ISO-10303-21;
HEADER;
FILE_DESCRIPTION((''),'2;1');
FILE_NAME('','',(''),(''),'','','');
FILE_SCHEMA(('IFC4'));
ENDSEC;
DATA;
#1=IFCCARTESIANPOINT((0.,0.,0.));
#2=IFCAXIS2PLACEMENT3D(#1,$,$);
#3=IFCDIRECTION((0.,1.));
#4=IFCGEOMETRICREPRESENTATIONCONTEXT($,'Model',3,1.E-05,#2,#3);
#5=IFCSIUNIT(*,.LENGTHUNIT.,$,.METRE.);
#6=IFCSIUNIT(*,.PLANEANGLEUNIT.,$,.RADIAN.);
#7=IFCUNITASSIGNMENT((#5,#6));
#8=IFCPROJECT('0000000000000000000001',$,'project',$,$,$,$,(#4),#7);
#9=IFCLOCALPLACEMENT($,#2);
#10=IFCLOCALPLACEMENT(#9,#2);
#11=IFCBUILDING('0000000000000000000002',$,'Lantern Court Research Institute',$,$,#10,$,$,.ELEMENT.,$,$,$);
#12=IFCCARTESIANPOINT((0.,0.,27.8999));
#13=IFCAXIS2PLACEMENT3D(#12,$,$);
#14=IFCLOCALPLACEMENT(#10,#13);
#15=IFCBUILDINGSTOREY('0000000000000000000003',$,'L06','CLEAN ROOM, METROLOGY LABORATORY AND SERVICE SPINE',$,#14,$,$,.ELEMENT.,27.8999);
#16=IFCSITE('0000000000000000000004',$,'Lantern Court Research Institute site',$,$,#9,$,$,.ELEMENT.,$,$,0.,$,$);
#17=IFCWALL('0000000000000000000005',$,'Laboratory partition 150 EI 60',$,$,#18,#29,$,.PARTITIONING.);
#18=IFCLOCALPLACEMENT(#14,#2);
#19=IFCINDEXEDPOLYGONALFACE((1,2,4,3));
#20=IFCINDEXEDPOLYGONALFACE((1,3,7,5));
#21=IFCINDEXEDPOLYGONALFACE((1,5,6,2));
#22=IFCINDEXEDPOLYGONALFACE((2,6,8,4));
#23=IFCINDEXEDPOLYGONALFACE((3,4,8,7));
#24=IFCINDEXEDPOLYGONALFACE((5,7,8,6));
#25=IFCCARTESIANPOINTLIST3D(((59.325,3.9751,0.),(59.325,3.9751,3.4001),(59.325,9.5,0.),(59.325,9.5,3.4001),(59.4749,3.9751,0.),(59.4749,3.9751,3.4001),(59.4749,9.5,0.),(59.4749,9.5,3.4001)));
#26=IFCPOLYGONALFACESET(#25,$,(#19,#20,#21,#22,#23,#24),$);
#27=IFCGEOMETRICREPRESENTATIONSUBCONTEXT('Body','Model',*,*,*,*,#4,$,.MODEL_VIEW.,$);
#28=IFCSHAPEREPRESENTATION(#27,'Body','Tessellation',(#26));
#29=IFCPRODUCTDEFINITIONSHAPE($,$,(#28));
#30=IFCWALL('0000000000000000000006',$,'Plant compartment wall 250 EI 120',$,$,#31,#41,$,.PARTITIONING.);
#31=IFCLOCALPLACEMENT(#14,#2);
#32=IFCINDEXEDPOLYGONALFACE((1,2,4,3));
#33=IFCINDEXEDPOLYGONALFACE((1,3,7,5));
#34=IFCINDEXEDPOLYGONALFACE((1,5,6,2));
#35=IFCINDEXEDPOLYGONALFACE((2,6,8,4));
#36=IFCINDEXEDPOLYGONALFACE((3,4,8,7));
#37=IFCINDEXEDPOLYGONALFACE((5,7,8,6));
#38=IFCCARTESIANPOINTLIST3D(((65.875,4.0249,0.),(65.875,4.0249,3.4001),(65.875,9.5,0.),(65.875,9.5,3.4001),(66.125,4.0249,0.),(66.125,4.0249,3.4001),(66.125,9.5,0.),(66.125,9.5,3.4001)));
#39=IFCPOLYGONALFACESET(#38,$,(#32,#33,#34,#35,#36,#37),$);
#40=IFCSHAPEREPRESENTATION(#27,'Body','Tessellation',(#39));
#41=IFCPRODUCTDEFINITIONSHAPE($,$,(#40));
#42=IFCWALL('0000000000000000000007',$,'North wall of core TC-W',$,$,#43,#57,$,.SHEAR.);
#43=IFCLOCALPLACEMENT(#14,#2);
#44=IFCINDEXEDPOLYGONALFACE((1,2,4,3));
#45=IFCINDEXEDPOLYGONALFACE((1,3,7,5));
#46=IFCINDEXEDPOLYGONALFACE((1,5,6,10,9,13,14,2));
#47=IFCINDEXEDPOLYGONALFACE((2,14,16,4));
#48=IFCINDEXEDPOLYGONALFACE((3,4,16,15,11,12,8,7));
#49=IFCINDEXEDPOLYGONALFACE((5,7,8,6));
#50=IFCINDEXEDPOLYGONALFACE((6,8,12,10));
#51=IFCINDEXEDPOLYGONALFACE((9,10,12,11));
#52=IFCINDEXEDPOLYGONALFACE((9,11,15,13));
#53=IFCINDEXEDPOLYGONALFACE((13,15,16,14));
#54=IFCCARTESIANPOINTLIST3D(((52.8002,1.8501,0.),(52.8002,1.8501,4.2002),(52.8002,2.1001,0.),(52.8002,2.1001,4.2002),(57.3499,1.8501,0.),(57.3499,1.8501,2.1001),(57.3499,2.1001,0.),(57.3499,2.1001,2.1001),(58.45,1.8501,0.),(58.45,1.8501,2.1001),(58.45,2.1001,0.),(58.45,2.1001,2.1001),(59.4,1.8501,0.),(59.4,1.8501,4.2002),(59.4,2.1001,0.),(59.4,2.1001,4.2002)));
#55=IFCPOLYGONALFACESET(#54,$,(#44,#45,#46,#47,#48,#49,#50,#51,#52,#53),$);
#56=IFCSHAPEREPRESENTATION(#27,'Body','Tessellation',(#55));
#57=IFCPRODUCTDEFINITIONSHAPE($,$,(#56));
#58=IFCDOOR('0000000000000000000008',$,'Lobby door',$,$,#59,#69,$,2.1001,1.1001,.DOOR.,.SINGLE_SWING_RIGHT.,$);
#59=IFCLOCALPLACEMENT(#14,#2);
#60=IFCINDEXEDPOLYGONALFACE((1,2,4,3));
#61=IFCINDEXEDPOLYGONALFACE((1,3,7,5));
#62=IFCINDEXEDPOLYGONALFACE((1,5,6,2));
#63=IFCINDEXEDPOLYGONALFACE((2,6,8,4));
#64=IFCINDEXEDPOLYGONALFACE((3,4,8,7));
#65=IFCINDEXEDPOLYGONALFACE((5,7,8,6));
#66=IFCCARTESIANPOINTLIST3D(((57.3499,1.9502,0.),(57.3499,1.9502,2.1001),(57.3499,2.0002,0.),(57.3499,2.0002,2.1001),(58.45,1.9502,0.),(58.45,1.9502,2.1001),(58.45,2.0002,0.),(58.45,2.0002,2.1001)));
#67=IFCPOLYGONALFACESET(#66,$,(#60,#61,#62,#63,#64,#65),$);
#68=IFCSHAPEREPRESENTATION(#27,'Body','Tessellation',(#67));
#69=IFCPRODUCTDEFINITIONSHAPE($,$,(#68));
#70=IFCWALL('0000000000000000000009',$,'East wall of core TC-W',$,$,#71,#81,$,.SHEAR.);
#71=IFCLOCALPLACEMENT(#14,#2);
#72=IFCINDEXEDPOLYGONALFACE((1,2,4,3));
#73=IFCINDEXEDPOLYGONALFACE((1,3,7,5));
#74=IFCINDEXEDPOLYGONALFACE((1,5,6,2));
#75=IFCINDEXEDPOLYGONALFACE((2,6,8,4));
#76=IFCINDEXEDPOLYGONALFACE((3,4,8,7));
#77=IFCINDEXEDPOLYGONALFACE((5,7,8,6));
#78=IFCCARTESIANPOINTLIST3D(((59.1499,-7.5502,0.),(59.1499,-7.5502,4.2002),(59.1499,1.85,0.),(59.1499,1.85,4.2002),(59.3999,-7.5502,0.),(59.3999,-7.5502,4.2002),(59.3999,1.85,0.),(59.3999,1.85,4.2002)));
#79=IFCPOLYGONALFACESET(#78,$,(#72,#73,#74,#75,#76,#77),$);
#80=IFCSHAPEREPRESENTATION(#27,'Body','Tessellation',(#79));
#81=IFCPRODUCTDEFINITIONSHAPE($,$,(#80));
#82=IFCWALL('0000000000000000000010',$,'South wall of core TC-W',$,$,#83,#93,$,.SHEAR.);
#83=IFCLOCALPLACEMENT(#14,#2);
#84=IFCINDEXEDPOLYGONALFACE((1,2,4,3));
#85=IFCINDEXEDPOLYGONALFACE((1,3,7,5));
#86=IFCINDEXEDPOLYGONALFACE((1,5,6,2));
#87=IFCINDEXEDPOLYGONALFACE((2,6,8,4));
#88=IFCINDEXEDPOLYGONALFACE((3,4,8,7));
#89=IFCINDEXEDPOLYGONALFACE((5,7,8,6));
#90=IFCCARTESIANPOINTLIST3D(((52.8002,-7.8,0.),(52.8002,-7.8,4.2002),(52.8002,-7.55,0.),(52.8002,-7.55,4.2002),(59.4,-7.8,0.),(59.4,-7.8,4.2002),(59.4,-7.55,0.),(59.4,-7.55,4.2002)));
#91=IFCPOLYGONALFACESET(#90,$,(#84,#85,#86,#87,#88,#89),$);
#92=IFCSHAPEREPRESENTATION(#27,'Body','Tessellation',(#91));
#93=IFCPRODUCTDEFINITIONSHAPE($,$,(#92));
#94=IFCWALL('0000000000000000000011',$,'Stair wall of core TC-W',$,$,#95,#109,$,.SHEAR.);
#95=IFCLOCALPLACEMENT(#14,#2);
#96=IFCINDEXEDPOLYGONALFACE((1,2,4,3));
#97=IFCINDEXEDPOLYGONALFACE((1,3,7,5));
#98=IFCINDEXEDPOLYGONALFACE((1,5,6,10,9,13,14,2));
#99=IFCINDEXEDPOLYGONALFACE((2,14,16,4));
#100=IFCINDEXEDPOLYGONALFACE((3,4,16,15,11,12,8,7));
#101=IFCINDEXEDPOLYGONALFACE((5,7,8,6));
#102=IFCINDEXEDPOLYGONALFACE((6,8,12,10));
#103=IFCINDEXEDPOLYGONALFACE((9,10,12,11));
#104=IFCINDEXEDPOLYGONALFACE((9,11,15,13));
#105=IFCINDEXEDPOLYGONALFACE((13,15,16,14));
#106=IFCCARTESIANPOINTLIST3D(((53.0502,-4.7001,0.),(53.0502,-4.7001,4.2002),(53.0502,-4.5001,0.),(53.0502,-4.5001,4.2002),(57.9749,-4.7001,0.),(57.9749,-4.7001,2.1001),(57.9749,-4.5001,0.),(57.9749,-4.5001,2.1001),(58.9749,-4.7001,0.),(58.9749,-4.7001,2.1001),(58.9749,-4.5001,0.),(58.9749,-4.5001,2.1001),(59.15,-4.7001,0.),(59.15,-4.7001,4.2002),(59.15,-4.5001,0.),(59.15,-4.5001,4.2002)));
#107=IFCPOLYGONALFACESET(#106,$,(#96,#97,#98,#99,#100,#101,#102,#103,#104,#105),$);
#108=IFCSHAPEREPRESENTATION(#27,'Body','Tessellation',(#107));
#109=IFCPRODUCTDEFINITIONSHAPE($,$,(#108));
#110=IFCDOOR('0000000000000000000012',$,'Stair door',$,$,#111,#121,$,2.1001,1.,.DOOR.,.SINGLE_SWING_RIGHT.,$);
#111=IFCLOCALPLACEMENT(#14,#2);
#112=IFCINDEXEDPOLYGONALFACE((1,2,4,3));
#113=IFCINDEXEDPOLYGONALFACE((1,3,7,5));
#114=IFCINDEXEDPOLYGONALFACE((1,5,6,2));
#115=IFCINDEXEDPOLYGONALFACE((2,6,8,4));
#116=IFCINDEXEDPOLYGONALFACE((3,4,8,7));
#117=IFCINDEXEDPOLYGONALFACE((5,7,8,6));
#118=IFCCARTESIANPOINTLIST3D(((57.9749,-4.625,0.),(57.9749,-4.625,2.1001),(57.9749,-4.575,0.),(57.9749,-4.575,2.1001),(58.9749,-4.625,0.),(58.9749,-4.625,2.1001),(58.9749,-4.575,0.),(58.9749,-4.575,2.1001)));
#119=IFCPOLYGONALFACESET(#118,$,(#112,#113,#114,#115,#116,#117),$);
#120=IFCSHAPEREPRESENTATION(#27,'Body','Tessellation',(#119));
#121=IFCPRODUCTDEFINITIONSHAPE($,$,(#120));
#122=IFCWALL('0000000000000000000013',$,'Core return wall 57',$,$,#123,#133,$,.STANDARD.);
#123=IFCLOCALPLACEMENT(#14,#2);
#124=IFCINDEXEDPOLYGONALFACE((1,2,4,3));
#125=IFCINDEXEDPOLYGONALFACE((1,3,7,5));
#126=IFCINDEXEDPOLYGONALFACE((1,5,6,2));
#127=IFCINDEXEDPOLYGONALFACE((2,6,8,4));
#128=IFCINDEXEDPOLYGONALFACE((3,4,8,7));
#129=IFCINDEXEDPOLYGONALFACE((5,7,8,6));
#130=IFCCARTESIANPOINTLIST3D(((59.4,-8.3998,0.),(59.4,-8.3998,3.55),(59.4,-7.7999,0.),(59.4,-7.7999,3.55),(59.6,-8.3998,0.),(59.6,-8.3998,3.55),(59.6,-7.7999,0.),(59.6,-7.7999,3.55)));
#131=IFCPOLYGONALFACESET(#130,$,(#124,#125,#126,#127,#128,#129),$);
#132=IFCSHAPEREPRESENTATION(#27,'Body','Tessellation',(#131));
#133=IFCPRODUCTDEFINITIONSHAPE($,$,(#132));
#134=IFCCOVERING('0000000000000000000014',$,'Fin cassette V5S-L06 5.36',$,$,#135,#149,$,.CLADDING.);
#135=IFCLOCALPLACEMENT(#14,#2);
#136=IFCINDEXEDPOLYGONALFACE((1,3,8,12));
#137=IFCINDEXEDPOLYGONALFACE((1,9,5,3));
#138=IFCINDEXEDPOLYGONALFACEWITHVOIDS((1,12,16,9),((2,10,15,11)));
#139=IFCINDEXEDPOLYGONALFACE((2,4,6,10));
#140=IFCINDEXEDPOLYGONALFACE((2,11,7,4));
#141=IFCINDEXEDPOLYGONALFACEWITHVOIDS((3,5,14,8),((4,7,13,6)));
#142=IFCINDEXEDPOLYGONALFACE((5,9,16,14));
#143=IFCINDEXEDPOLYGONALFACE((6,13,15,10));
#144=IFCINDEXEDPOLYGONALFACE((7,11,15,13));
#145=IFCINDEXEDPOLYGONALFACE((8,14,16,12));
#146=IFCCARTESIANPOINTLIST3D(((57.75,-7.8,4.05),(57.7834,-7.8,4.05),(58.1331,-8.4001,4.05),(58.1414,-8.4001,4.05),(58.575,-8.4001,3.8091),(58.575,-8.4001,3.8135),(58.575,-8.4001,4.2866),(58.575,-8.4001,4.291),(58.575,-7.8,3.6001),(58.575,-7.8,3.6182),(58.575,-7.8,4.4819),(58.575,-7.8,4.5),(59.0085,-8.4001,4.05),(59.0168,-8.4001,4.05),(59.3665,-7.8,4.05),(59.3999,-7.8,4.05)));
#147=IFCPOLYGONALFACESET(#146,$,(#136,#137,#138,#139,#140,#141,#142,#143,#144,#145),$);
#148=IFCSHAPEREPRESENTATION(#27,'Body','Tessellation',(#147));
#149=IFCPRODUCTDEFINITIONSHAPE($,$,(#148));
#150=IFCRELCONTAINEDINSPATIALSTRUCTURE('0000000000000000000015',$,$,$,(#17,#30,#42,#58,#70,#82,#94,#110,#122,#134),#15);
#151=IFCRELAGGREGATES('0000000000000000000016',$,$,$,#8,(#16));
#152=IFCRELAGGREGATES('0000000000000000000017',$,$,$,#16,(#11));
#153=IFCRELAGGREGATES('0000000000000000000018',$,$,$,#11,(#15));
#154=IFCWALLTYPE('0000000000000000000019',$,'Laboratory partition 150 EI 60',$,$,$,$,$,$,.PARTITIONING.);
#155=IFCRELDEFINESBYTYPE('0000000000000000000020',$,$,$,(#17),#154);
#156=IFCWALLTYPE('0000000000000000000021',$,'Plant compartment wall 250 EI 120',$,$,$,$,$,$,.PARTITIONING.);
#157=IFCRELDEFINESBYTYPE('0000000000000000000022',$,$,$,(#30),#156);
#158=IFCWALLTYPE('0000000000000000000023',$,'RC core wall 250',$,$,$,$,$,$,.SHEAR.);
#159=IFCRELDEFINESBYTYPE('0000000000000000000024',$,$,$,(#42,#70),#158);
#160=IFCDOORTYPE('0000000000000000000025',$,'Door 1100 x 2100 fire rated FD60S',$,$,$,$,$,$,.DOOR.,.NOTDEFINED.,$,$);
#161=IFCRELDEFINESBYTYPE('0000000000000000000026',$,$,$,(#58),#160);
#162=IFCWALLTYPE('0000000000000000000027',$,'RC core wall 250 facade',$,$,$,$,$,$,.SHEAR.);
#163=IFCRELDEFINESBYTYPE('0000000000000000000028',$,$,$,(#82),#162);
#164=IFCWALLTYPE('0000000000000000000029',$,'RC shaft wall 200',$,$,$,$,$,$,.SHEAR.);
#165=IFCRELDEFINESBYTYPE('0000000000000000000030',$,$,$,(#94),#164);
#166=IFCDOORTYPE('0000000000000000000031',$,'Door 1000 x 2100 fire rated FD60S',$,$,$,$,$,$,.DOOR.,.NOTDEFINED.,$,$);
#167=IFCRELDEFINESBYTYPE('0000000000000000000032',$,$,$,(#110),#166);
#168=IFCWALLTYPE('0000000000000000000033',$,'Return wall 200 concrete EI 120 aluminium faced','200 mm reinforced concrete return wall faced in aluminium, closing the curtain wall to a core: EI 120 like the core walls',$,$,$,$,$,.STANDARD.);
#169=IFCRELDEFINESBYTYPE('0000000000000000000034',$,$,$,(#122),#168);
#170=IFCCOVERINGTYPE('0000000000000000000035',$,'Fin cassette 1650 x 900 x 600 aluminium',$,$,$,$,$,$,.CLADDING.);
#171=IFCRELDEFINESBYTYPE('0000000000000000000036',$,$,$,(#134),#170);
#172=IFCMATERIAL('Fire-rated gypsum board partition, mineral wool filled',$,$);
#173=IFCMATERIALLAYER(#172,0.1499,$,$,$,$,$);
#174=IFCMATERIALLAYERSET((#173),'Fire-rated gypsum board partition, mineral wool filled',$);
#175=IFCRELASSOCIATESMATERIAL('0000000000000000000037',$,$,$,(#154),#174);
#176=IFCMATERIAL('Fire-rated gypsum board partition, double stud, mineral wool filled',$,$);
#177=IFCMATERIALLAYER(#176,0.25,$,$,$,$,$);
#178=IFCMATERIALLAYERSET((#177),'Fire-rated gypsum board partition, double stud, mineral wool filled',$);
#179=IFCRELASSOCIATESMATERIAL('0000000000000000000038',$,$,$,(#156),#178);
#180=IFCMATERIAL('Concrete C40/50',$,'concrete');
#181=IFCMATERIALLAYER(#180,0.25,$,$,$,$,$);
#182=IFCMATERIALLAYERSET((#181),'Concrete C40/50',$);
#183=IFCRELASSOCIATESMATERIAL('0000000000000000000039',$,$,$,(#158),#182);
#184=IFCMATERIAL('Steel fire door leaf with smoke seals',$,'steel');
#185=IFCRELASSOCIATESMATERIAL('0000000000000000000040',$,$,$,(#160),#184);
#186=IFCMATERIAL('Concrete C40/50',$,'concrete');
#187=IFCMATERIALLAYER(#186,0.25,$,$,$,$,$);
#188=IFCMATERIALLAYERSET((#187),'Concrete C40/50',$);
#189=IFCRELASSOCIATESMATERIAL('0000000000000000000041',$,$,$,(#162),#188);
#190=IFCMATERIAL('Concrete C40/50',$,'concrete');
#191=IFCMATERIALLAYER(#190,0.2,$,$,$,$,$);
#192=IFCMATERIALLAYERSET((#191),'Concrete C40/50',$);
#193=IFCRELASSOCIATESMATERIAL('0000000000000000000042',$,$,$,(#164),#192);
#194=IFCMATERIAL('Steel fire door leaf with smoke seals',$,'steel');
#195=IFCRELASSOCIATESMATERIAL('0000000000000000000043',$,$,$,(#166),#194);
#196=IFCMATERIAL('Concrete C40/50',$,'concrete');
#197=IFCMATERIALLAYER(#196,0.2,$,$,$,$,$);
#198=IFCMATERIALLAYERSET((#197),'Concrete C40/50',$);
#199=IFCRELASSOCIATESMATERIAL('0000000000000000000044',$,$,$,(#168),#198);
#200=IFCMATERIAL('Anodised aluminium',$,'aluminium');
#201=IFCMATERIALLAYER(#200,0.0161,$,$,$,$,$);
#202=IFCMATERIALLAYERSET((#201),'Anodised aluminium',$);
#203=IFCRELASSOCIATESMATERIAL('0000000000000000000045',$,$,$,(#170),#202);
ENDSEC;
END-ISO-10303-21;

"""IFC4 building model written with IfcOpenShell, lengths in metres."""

from ifc_helpers import new_model, entity, si_unit, direction, frame, frame_2d, origin, place, context, subcontext, project, spatial, rectangle, extrude, material, layer, layer_set, type_object, element, fill, save


model = new_model("IFC4")

# Units and contexts
model_context = context("Model", 3, precision=1e-05, world=origin(), true_north=direction((0.0, 1.0)))
body_context = subcontext(model_context, "Body", "Model", "MODEL_VIEW")
ifc_project = project(units=[si_unit("LENGTHUNIT", "METRE"), si_unit("PLANEANGLEUNIT", "RADIAN")], contexts=[model_context])

# Site, building, storey
site_placement = place(None, origin())
site = spatial("IfcSite", under=ifc_project, at=site_placement, Name="Lantern Court Research Institute site", CompositionType="ELEMENT", RefElevation=0.0)
building_placement = place(site_placement, origin())
building = spatial("IfcBuilding", under=site, at=building_placement, Name="Lantern Court Research Institute", CompositionType="ELEMENT")
storey_placement = place(building_placement, frame((0.0, 0.0, 27.8999)))
storey = spatial("IfcBuildingStorey", under=building, at=storey_placement, Name="L06", Description="CLEAN ROOM, METROLOGY LABORATORY AND SERVICE SPINE", CompositionType="ELEMENT", Elevation=27.8999)

# Walls
ifc_material_1 = material(Name="Fire-rated gypsum board partition, mineral wool filled")
ifc_layer_1 = layer(ifc_material_1, 0.1499)
ifc_layer_set_1 = layer_set([ifc_layer_1], Name="Fire-rated gypsum board partition, mineral wool filled")
wall_type_1 = type_object("IfcWallType", Name="Laboratory partition 150 EI 60", PredefinedType="PARTITIONING", material=ifc_layer_set_1)
wall_1_placement = place(storey_placement, frame((59.3999, 3.9751, 0.0), z_axis=(0.0, 0.0, 1.0), x_axis=(0.0, 1.0, 0.0)))
element("IfcWall", 1, at=wall_1_placement, inside=storey, type_object=wall_type_1, Name="Laboratory partition 150 EI 60", PredefinedType="PARTITIONING", context=body_context, shape_type="SweptSolid", body=[
    extrude(rectangle(XDim=5.5249, YDim=0.1499, at=frame_2d((2.7625, 0.0))), origin(), (0.0, 0.0, 1.0), 3.4001),
])
ifc_material_2 = material(Name="Fire-rated gypsum board partition, double stud, mineral wool filled")
ifc_layer_2 = layer(ifc_material_2, 0.25)
ifc_layer_set_2 = layer_set([ifc_layer_2], Name="Fire-rated gypsum board partition, double stud, mineral wool filled")
wall_type_2 = type_object("IfcWallType", Name="Plant compartment wall 250 EI 120", PredefinedType="PARTITIONING", material=ifc_layer_set_2)
wall_2_placement = place(storey_placement, frame((66.0, 4.0249, 0.0), z_axis=(0.0, 0.0, 1.0), x_axis=(0.0, 1.0, 0.0)))
element("IfcWall", 2, at=wall_2_placement, inside=storey, type_object=wall_type_2, Name="Plant compartment wall 250 EI 120", PredefinedType="PARTITIONING", context=body_context, shape_type="SweptSolid", body=[
    extrude(rectangle(XDim=5.4751, YDim=0.25, at=frame_2d((2.7375, 0.0))), origin(), (0.0, 0.0, 1.0), 3.4001),
])

# Wall, opening, door
ifc_material_3 = material(Name="Concrete C40/50", Category="concrete")
ifc_layer_3 = layer(ifc_material_3, 0.25)
ifc_layer_set_3 = layer_set([ifc_layer_3], Name="Concrete C40/50")
wall_type_3 = type_object("IfcWallType", Name="RC core wall 250", PredefinedType="SHEAR", material=ifc_layer_set_3)
wall_3_placement = place(storey_placement, frame((59.3999, 1.9751, 0.0), z_axis=(0.0, 0.0, 1.0), x_axis=(-1.0, 0.0, 0.0)))
wall_3 = element("IfcWall", 3, at=wall_3_placement, inside=storey, type_object=wall_type_3, Name="North wall of core TC-W", PredefinedType="SHEAR", context=body_context, shape_type="SweptSolid", body=[
    extrude(rectangle(XDim=6.5999, YDim=0.25, at=frame_2d((3.2998, 0.0))), origin(), (0.0, 0.0, 1.0), 4.2002),
])
opening_1_placement = place(wall_3_placement, frame((0.95, 0.0, 0.0)))
opening_1 = element("IfcOpeningElement", 4, at=opening_1_placement, cuts=wall_3, PredefinedType="OPENING", context=body_context, shape_type="SweptSolid", body=[
    extrude(rectangle(XDim=1.1001, YDim=2.1001, at=frame_2d((0.55, 1.05))), frame((0.0, 0.135, 0.0), z_axis=(0.0, -1.0, 0.0), x_axis=(1.0, 0.0, 0.0)), (0.0, 0.0, 1.0), 0.27),
])
ifc_material_4 = material(Name="Steel fire door leaf with smoke seals", Category="steel")
door_type_1 = type_object("IfcDoorType", Name="Door 1100 x 2100 fire rated FD60S", OperationType="NOTDEFINED", PredefinedType="DOOR", material=ifc_material_4)
door_1_placement = place(opening_1_placement, origin())
door_1 = element("IfcDoor", 5, at=door_1_placement, inside=storey, type_object=door_type_1, Name="Lobby door", OperationType="SINGLE_SWING_RIGHT", OverallHeight=2.1001, OverallWidth=1.1001, PredefinedType="DOOR", context=body_context, shape_type="SweptSolid", body=[
    extrude(rectangle(XDim=1.1001, YDim=2.1001, at=frame_2d((0.55, 1.05))), frame((0.0, 0.0249, 0.0), z_axis=(0.0, -1.0, 0.0), x_axis=(1.0, 0.0, 0.0)), (0.0, 0.0, 1.0), 0.05),
])
fill(opening_1, door_1)

# Walls
wall_4_placement = place(storey_placement, frame((59.2749, 1.8501, 0.0), z_axis=(0.0, 0.0, 1.0), x_axis=(0.0, -1.0, 0.0)))
element("IfcWall", 6, at=wall_4_placement, inside=storey, type_object=wall_type_3, Name="East wall of core TC-W", PredefinedType="SHEAR", context=body_context, shape_type="SweptSolid", body=[
    extrude(rectangle(XDim=9.4001, YDim=0.25, at=frame_2d((4.7002, 0.0))), origin(), (0.0, 0.0, 1.0), 4.2002),
])
ifc_material_5 = material(Name="Concrete C40/50", Category="concrete")
ifc_layer_4 = layer(ifc_material_5, 0.25)
ifc_layer_set_4 = layer_set([ifc_layer_4], Name="Concrete C40/50")
wall_type_4 = type_object("IfcWallType", Name="RC core wall 250 facade", PredefinedType="SHEAR", material=ifc_layer_set_4)
wall_5_placement = place(storey_placement, frame((59.3999, -7.675, 0.0), z_axis=(0.0, 0.0, 1.0), x_axis=(-1.0, 0.0, 0.0)))
element("IfcWall", 7, at=wall_5_placement, inside=storey, type_object=wall_type_4, Name="South wall of core TC-W", PredefinedType="SHEAR", context=body_context, shape_type="SweptSolid", body=[
    extrude(rectangle(XDim=6.5999, YDim=0.25, at=frame_2d((3.2998, 0.0))), origin(), (0.0, 0.0, 1.0), 4.2002),
])

# Wall, opening, door
ifc_material_6 = material(Name="Concrete C40/50", Category="concrete")
ifc_layer_5 = layer(ifc_material_6, 0.2)
ifc_layer_set_5 = layer_set([ifc_layer_5], Name="Concrete C40/50")
wall_type_5 = type_object("IfcWallType", Name="RC shaft wall 200", PredefinedType="SHEAR", material=ifc_layer_set_5)
wall_6_placement = place(storey_placement, frame((59.1499, -4.6001, 0.0), z_axis=(0.0, 0.0, 1.0), x_axis=(-1.0, 0.0, 0.0)))
wall_6 = element("IfcWall", 8, at=wall_6_placement, inside=storey, type_object=wall_type_5, Name="Stair wall of core TC-W", PredefinedType="SHEAR", context=body_context, shape_type="SweptSolid", body=[
    extrude(rectangle(XDim=6.0999, YDim=0.2, at=frame_2d((3.0498, 0.0))), origin(), (0.0, 0.0, 1.0), 4.2002),
])
opening_2_placement = place(wall_6_placement, frame((0.175, 0.0, 0.0)))
opening_2 = element("IfcOpeningElement", 9, at=opening_2_placement, cuts=wall_6, PredefinedType="OPENING", context=body_context, shape_type="SweptSolid", body=[
    extrude(rectangle(XDim=1.0, YDim=2.1001, at=frame_2d((0.5, 1.05))), frame((0.0, 0.1099, 0.0), z_axis=(0.0, -1.0, 0.0), x_axis=(1.0, 0.0, 0.0)), (0.0, 0.0, 1.0), 0.22),
])
ifc_material_7 = material(Name="Steel fire door leaf with smoke seals", Category="steel")
door_type_2 = type_object("IfcDoorType", Name="Door 1000 x 2100 fire rated FD60S", OperationType="NOTDEFINED", PredefinedType="DOOR", material=ifc_material_7)
door_2_placement = place(opening_2_placement, origin())
door_2 = element("IfcDoor", 10, at=door_2_placement, inside=storey, type_object=door_type_2, Name="Stair door", OperationType="SINGLE_SWING_RIGHT", OverallHeight=2.1001, OverallWidth=1.0, PredefinedType="DOOR", context=body_context, shape_type="SweptSolid", body=[
    extrude(rectangle(XDim=1.0, YDim=2.1001, at=frame_2d((0.5, 1.05))), frame((0.0, 0.0249, 0.0), z_axis=(0.0, -1.0, 0.0), x_axis=(1.0, 0.0, 0.0)), (0.0, 0.0, 1.0), 0.05),
])
fill(opening_2, door_2)

# Wall
ifc_material_8 = material(Name="Concrete C40/50", Category="concrete")
ifc_layer_6 = layer(ifc_material_8, 0.2)
ifc_layer_set_6 = layer_set([ifc_layer_6], Name="Concrete C40/50")
wall_type_6 = type_object("IfcWallType", Name="Return wall 200 concrete EI 120 aluminium faced", Description="200 mm reinforced concrete return wall faced in aluminium, closing the curtain wall to a core: EI 120 like the core walls", PredefinedType="STANDARD", material=ifc_layer_set_6)
wall_7_placement = place(storey_placement, frame((59.5, -7.8, 0.0), z_axis=(0.0, 0.0, 1.0), x_axis=(0.0, -1.0, 0.0)))
element("IfcWall", 11, at=wall_7_placement, inside=storey, type_object=wall_type_6, Name="Core return wall 57", PredefinedType="STANDARD", context=body_context, shape_type="SweptSolid", body=[
    extrude(rectangle(XDim=0.5999, YDim=0.2, at=frame_2d((0.2998, 0.0))), origin(), (0.0, 0.0, 1.0), 3.55),
])

# Covering
ifc_material_9 = material(Name="Anodised aluminium", Category="aluminium")
ifc_layer_7 = layer(ifc_material_9, 0.0161)
ifc_layer_set_7 = layer_set([ifc_layer_7], Name="Anodised aluminium")
covering_type = type_object("IfcCoveringType", Name="Fin cassette 1650 x 900 x 600 aluminium", PredefinedType="CLADDING", material=ifc_layer_set_7)
covering_placement = place(storey_placement, frame((58.575, -7.8, 4.05), z_axis=(0.0, -1.0, 0.0), x_axis=(1.0, 0.0, 0.0)))
cartesian_point_1 = entity("IfcCartesianPoint", [0.825, 0.0])
cartesian_point_2 = entity("IfcCartesianPoint", [0.7915, 0.0])
cartesian_point_3 = entity("IfcCartesianPoint", [0.4419, 0.0])
cartesian_point_4 = entity("IfcCartesianPoint", [0.4336, 0.0])
element("IfcCovering", 12, at=covering_placement, inside=storey, type_object=covering_type, Name="Fin cassette V5S-L06 5.36", PredefinedType="CLADDING", context=body_context, shape_type="SweptSolid", body=[
    entity("IfcExtrudedAreaSolidTapered", entity("IfcArbitraryProfileDefWithVoids", "AREA", None, entity("IfcPolyline", [cartesian_point_1, entity("IfcCartesianPoint", [0.0, 0.45]), entity("IfcCartesianPoint", [-0.825, 0.0]), entity("IfcCartesianPoint", [0.0, -0.45]), cartesian_point_1]), [entity("IfcPolyline", [cartesian_point_2, entity("IfcCartesianPoint", [0.0, 0.4319]), entity("IfcCartesianPoint", [-0.7915, 0.0]), entity("IfcCartesianPoint", [0.0, -0.4319]), cartesian_point_2])]), entity("IfcAxis2Placement3D", entity("IfcCartesianPoint", [0.0, 0.0, 0.0])), entity("IfcDirection", [0.0, 0.0, 1.0]), 0.6001, entity("IfcArbitraryProfileDefWithVoids", "AREA", None, entity("IfcPolyline", [cartesian_point_3, entity("IfcCartesianPoint", [0.0, 0.241]), entity("IfcCartesianPoint", [-0.4419, 0.0]), entity("IfcCartesianPoint", [0.0, -0.241]), cartesian_point_3]), [entity("IfcPolyline", [cartesian_point_4, entity("IfcCartesianPoint", [0.0, 0.2366]), entity("IfcCartesianPoint", [-0.4336, 0.0]), entity("IfcCartesianPoint", [0.0, -0.2366]), cartesian_point_4])])),
])

save(model, "model.ifc")
